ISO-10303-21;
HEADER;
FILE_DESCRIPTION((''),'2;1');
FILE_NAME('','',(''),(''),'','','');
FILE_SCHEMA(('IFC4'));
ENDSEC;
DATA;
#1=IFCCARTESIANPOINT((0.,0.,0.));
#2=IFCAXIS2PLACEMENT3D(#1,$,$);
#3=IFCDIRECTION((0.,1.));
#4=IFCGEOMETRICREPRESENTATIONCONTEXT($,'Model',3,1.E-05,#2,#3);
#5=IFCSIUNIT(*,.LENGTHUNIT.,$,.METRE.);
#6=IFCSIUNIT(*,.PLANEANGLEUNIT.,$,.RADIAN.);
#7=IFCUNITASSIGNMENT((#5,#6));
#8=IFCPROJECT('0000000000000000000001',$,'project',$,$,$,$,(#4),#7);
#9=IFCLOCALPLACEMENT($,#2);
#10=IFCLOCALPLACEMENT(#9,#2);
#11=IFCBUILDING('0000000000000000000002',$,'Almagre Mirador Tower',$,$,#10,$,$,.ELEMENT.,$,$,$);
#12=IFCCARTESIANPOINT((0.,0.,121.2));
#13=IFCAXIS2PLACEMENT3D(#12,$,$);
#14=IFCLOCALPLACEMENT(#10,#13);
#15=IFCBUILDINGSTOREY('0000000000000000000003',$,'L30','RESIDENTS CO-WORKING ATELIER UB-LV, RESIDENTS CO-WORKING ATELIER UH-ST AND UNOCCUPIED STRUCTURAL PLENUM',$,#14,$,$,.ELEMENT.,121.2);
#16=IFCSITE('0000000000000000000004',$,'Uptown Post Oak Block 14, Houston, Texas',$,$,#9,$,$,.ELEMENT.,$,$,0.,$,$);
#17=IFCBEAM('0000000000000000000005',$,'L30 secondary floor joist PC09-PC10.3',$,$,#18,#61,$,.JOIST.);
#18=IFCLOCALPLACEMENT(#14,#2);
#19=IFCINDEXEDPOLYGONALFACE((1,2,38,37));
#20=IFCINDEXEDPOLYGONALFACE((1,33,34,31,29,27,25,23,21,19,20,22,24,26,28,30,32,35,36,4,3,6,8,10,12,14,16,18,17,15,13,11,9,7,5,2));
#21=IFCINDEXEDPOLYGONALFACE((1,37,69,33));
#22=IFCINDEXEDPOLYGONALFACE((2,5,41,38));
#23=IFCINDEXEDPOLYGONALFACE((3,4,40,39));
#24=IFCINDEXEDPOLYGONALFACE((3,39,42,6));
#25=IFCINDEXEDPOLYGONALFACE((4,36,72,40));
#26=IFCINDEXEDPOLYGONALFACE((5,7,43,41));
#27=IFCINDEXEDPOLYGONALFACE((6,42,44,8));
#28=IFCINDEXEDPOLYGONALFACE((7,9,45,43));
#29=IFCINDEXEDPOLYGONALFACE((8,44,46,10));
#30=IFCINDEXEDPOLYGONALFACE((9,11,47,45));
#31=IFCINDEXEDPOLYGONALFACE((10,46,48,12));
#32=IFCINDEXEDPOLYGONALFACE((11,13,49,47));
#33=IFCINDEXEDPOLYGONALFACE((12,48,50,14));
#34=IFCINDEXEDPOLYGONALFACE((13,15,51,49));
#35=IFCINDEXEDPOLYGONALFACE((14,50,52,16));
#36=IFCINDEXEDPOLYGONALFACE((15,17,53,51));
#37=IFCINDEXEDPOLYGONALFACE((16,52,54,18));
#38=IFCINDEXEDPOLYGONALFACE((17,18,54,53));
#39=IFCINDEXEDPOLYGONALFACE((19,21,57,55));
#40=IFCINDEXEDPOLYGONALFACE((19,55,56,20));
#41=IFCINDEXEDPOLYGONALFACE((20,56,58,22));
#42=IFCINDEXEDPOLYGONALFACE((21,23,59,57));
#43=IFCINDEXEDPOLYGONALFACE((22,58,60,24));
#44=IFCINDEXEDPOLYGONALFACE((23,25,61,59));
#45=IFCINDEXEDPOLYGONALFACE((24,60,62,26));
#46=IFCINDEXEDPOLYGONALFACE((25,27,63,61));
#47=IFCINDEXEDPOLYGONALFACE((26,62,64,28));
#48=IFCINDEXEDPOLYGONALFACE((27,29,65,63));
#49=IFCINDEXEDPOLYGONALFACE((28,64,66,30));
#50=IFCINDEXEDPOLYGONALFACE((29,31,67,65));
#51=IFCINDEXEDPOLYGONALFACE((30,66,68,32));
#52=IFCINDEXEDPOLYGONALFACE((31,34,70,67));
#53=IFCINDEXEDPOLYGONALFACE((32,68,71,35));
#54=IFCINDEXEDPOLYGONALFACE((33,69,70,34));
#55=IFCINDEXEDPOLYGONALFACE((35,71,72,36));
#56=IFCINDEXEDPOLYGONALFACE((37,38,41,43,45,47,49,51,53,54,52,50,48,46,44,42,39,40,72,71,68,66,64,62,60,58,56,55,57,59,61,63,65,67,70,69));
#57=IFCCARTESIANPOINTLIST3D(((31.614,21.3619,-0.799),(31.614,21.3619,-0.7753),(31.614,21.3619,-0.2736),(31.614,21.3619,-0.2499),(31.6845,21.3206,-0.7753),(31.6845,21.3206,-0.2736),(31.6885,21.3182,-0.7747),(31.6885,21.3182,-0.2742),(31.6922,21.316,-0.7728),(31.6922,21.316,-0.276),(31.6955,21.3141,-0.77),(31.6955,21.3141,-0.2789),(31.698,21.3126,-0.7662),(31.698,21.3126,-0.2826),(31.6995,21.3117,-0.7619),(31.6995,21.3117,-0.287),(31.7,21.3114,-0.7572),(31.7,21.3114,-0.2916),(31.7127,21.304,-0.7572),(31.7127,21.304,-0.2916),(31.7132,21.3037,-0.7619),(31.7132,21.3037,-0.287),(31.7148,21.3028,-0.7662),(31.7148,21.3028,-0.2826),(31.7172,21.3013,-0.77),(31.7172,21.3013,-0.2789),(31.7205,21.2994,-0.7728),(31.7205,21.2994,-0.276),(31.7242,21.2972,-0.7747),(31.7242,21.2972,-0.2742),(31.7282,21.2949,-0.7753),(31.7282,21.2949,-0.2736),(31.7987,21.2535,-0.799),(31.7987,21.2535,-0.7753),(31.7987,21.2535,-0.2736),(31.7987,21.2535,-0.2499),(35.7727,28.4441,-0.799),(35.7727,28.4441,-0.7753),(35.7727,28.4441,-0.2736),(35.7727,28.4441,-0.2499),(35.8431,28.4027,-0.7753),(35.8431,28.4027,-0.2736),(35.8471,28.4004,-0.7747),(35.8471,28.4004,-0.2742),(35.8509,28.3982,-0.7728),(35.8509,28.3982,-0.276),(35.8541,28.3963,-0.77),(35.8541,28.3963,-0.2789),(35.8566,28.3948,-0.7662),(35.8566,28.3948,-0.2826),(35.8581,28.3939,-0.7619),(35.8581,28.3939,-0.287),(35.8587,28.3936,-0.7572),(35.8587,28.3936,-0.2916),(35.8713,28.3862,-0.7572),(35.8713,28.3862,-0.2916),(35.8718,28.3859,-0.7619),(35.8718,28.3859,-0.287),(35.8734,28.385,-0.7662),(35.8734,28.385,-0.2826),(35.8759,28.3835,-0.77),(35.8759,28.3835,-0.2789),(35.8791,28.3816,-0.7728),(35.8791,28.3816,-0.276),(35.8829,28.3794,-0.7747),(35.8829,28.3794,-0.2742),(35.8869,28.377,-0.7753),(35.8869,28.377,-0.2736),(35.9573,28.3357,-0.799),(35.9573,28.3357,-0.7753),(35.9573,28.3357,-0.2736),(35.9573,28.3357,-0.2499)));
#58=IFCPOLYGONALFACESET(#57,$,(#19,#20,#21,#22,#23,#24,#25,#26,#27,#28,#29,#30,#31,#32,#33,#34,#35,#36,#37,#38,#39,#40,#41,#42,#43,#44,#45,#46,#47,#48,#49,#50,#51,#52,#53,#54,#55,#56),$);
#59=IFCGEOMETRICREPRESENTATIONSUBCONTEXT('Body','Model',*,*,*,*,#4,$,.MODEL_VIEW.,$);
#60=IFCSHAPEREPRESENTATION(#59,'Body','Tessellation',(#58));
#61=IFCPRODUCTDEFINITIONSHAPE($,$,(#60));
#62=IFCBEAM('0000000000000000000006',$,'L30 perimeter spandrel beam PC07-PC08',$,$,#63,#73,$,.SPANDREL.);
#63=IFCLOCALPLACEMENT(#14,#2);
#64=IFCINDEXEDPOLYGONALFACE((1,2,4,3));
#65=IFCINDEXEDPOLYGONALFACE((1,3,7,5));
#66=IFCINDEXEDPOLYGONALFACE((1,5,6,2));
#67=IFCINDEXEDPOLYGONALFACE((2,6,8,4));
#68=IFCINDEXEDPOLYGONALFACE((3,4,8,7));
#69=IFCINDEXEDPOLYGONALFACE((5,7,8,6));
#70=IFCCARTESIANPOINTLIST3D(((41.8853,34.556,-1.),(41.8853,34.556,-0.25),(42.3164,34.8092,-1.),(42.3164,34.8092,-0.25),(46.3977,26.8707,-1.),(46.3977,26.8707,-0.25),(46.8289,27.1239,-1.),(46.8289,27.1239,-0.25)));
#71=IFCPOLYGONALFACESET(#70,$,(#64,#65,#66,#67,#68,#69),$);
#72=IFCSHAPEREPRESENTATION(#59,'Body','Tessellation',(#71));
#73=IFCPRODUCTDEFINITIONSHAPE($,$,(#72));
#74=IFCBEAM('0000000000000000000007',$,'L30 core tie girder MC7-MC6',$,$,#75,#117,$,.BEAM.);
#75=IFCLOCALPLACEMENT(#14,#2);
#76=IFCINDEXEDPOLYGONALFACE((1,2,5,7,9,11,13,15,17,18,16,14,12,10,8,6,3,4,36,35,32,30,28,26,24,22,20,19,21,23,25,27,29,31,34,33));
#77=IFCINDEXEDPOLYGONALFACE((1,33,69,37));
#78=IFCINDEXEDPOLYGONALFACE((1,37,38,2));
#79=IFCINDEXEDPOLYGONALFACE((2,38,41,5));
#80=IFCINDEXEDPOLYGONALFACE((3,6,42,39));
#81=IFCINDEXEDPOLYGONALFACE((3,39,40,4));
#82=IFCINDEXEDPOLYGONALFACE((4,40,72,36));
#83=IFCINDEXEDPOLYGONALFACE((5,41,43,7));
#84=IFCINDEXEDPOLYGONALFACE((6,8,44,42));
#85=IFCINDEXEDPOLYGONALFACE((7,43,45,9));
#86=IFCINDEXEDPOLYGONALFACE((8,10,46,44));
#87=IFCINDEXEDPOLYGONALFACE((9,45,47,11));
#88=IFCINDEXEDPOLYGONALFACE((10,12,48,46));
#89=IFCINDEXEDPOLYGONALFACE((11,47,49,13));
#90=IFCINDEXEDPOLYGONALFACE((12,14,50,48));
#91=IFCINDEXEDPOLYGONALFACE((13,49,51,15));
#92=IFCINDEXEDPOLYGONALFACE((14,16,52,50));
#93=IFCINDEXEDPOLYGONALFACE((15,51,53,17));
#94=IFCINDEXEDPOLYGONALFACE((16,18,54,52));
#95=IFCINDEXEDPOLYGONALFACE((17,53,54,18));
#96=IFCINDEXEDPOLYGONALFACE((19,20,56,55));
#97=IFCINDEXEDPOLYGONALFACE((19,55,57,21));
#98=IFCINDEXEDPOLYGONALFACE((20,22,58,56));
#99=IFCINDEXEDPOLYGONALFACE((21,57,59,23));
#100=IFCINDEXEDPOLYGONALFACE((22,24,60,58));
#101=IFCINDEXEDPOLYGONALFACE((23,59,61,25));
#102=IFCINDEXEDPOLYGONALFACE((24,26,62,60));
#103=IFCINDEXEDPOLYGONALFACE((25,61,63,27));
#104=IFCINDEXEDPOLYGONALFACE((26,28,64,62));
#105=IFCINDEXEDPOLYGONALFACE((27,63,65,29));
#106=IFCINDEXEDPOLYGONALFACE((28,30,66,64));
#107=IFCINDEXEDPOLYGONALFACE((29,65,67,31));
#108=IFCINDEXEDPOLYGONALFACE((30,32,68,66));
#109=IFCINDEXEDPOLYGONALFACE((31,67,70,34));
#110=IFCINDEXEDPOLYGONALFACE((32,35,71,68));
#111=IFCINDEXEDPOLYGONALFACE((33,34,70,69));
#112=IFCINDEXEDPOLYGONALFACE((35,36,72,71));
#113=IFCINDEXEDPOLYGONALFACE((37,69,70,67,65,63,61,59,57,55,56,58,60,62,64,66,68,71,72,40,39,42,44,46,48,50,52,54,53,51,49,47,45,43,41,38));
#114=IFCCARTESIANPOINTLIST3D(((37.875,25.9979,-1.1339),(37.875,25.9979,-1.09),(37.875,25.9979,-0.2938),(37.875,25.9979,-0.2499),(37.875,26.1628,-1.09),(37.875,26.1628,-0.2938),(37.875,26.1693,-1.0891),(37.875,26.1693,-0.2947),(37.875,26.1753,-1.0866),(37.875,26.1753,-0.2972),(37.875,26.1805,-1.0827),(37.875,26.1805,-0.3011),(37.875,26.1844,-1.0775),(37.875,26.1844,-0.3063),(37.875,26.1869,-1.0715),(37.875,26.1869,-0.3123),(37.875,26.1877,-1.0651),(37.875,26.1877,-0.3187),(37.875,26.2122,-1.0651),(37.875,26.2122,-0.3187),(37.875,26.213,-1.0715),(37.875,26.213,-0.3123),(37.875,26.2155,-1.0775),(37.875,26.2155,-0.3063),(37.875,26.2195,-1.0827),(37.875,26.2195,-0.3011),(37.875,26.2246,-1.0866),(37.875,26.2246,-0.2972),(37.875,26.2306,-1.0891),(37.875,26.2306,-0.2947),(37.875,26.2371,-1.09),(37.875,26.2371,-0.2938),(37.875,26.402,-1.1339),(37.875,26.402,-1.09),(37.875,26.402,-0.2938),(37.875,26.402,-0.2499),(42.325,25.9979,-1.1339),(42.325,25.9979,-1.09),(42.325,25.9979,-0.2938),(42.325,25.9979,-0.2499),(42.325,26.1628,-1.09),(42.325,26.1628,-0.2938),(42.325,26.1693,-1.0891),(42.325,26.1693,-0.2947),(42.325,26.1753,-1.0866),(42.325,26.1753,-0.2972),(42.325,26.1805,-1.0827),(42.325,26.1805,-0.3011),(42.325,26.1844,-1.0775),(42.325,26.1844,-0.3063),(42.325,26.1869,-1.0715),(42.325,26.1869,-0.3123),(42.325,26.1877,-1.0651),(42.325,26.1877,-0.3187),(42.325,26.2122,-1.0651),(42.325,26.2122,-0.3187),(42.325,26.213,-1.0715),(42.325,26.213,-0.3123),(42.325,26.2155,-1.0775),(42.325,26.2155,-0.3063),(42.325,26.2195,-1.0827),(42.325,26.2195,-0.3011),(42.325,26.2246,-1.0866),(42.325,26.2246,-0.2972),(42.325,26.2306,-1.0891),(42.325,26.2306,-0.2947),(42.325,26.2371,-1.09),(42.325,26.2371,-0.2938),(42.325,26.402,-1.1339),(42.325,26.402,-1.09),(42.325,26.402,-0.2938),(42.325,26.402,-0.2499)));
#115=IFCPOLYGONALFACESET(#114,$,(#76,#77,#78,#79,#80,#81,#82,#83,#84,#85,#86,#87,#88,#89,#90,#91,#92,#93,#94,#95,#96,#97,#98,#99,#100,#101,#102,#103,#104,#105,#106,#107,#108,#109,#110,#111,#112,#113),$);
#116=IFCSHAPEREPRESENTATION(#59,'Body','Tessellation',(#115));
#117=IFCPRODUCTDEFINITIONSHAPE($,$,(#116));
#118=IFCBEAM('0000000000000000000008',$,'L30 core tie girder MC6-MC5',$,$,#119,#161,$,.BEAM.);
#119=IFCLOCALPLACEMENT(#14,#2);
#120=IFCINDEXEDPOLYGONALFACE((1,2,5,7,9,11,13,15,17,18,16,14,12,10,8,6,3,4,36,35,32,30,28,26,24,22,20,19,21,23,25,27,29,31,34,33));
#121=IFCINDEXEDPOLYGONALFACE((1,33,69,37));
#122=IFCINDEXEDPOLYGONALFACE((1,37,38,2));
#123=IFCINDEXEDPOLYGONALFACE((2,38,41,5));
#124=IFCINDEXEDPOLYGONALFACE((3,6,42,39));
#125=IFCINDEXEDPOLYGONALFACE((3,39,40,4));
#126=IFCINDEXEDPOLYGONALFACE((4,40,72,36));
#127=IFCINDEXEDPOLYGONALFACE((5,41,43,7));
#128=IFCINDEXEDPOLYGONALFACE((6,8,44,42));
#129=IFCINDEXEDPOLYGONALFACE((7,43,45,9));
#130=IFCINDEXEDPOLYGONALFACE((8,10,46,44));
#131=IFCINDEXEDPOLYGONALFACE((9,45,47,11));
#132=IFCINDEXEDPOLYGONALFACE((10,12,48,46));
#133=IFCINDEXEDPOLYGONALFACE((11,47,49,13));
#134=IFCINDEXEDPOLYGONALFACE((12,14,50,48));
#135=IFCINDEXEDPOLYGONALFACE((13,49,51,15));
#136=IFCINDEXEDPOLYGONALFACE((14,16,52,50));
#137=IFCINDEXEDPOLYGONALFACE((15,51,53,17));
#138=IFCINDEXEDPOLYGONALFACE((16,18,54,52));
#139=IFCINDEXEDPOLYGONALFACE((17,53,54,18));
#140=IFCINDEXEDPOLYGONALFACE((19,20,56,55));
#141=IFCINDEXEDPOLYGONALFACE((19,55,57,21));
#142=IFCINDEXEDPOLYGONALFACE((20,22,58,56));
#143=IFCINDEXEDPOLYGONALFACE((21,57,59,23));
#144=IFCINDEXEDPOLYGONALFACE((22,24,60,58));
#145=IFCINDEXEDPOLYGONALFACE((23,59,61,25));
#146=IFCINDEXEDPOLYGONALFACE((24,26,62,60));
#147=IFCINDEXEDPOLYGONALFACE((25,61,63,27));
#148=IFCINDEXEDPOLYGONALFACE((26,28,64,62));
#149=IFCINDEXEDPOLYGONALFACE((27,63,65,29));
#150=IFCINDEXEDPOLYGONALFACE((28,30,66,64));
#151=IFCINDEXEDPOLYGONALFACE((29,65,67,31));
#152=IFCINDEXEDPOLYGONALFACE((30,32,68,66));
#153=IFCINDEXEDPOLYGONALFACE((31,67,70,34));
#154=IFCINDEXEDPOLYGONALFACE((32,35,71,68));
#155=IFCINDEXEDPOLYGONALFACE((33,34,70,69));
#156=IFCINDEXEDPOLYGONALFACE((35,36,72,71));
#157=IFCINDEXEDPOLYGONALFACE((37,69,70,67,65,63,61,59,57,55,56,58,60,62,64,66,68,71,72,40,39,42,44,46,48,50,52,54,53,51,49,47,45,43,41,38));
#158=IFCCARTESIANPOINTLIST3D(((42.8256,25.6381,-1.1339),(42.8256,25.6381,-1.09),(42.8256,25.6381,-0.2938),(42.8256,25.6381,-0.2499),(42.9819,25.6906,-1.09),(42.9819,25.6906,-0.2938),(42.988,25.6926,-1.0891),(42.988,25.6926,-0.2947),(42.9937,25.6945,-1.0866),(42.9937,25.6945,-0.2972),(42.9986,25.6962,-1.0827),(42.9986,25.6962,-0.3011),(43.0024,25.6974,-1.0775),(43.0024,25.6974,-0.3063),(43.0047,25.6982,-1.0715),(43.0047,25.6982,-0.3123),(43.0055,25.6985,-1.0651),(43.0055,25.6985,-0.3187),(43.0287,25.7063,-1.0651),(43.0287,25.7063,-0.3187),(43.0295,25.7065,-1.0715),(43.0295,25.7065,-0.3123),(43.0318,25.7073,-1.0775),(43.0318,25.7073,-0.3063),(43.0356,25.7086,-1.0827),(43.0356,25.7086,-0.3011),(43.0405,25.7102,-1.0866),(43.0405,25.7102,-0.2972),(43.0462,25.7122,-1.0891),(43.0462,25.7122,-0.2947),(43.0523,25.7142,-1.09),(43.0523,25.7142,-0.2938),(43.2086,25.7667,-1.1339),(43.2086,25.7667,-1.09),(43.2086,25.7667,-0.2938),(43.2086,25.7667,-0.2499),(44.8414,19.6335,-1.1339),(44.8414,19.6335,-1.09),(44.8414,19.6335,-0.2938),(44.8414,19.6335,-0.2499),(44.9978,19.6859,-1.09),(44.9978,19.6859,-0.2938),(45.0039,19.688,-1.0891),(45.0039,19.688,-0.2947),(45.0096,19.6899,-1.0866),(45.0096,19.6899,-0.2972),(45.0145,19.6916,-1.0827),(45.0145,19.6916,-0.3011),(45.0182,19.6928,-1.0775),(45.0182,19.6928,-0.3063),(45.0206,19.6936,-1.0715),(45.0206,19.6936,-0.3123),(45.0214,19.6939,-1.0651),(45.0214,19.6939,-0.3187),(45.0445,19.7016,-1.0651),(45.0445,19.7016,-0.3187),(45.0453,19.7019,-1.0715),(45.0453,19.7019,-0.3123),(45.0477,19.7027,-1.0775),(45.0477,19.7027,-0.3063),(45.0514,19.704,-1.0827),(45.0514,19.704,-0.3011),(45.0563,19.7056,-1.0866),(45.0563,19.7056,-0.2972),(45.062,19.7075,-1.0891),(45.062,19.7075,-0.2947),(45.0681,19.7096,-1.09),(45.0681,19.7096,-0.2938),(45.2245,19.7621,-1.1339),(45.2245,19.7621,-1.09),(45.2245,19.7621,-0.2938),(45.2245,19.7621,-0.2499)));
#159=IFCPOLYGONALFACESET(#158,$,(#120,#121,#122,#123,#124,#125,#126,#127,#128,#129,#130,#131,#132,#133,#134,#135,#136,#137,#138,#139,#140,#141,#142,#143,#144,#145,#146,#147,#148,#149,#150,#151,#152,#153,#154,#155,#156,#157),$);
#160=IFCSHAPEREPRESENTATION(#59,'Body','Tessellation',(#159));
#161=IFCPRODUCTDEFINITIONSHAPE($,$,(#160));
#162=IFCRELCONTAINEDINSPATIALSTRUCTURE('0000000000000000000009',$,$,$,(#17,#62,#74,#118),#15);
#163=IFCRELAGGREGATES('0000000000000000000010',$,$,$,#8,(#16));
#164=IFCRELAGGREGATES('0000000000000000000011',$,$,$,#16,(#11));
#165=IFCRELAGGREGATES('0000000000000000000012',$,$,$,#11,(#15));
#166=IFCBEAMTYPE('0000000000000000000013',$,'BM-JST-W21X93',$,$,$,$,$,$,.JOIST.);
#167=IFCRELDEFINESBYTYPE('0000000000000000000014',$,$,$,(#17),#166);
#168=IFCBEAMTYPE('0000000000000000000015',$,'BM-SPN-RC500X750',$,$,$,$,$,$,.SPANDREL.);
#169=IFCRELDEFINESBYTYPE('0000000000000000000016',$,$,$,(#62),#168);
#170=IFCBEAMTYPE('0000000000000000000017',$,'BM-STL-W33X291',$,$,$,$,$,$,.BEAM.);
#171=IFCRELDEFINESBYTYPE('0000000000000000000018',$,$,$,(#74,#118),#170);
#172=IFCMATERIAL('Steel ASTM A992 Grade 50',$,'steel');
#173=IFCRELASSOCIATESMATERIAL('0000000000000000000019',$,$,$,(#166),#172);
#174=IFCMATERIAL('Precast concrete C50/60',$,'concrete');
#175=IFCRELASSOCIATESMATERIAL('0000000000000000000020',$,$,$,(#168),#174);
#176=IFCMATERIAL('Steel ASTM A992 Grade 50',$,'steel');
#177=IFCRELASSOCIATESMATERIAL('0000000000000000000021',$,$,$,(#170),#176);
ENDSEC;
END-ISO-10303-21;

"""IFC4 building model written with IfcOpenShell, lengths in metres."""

from ifc_helpers import new_model, si_unit, direction, frame, origin, origin_2d, place, context, subcontext, project, spatial, rectangle, i_section, extrude, material, material_profile, profile_set, type_object, element, save


model = new_model("IFC4")

# Units and contexts
model_context = context("Model", 3, precision=1e-05, world=origin(), true_north=direction((0.0, 1.0)))
body_context = subcontext(model_context, "Body", "Model", "MODEL_VIEW")
ifc_project = project(units=[si_unit("LENGTHUNIT", "METRE"), si_unit("PLANEANGLEUNIT", "RADIAN")], contexts=[model_context])

# Site, building, storey
site_placement = place(None, origin())
site = spatial("IfcSite", under=ifc_project, at=site_placement, Name="Uptown Post Oak Block 14, Houston, Texas", CompositionType="ELEMENT", RefElevation=0.0)
building_placement = place(site_placement, origin())
building = spatial("IfcBuilding", under=site, at=building_placement, Name="Almagre Mirador Tower", CompositionType="ELEMENT")
storey_placement = place(building_placement, frame((0.0, 0.0, 121.2)))
storey = spatial("IfcBuildingStorey", under=building, at=storey_placement, Name="L30", Description="RESIDENTS CO-WORKING ATELIER UB-LV, RESIDENTS CO-WORKING ATELIER UH-ST AND UNOCCUPIED STRUCTURAL PLENUM", CompositionType="ELEMENT", Elevation=121.2)

# Beams
ifc_material_1 = material(Name="Steel ASTM A992 Grade 50", Category="steel")
ifc_material_profile_1 = material_profile(ifc_material_1, i_section(OverallWidth=0.2141, OverallDepth=0.5491, WebThickness=0.0146, FlangeThickness=0.0237, FilletRadius=0.0181, at=origin_2d()), Name="W21X93")
ifc_profile_set_1 = profile_set([ifc_material_profile_1], Name="Steel ASTM A992 Grade 50")
beam_type_1 = type_object("IfcBeamType", Name="BM-JST-W21X93", PredefinedType="JOIST", material=ifc_profile_set_1)
beam_1_placement = place(storey_placement, frame((35.865, 28.3899, -0.5244), z_axis=(-0.506355, -0.862325, 0.0), x_axis=(0.862325, -0.506355, 0.0)))
element("IfcBeam", 1, at=beam_1_placement, inside=storey, type_object=beam_type_1, Name="L30 secondary floor joist PC09-PC10.3", PredefinedType="JOIST", context=body_context, shape_type="SweptSolid", body=[
    extrude(i_section(OverallWidth=0.2141, OverallDepth=0.5491, WebThickness=0.0146, FlangeThickness=0.0237, FilletRadius=0.0181, at=origin_2d()), origin(), (0.0, 0.0, 1.0), 8.2129),
])
ifc_material_2 = material(Name="Precast concrete C50/60", Category="concrete")
ifc_material_profile_2 = material_profile(ifc_material_2, rectangle(XDim=0.5, YDim=0.75, at=origin_2d()), Name="RC500X750")
ifc_profile_set_2 = profile_set([ifc_material_profile_2], Name="Precast concrete C50/60")
beam_type_2 = type_object("IfcBeamType", Name="BM-SPN-RC500X750", PredefinedType="SPANDREL", material=ifc_profile_set_2)
beam_2_placement = place(storey_placement, frame((46.6133, 26.9973, -0.625), z_axis=(-0.506327, 0.862342, 0.0), x_axis=(-0.862342, -0.506327, 0.0)))
element("IfcBeam", 2, at=beam_2_placement, inside=storey, type_object=beam_type_2, Name="L30 perimeter spandrel beam PC07-PC08", PredefinedType="SPANDREL", context=body_context, shape_type="SweptSolid", body=[
    extrude(rectangle(XDim=0.5, YDim=0.75, at=origin_2d()), origin(), (0.0, 0.0, 1.0), 8.9121),
])
ifc_material_3 = material(Name="Steel ASTM A992 Grade 50", Category="steel")
ifc_material_profile_3 = material_profile(ifc_material_3, i_section(OverallWidth=0.4041, OverallDepth=0.884, WebThickness=0.0244, FlangeThickness=0.0439, FilletRadius=0.0249, at=origin_2d()), Name="W33X291")
ifc_profile_set_3 = profile_set([ifc_material_profile_3], Name="Steel ASTM A992 Grade 50")
beam_type_3 = type_object("IfcBeamType", Name="BM-STL-W33X291", PredefinedType="BEAM", material=ifc_profile_set_3)
beam_3_placement = place(storey_placement, frame((37.875, 26.2, -0.6919), z_axis=(1.0, 0.0, 0.0), x_axis=(0.0, 1.0, 0.0)))
element("IfcBeam", 3, at=beam_3_placement, inside=storey, type_object=beam_type_3, Name="L30 core tie girder MC7-MC6", PredefinedType="BEAM", context=body_context, shape_type="SweptSolid", body=[
    extrude(i_section(OverallWidth=0.4041, OverallDepth=0.884, WebThickness=0.0244, FlangeThickness=0.0439, FilletRadius=0.0249, at=origin_2d()), origin(), (0.0, 0.0, 1.0), 4.45),
])
beam_4_placement = place(storey_placement, frame((43.0171, 25.7024, -0.6919), z_axis=(0.318262, -0.948003, 0.0), x_axis=(0.948003, 0.318262, 0.0)))
element("IfcBeam", 4, at=beam_4_placement, inside=storey, type_object=beam_type_3, Name="L30 core tie girder MC6-MC5", PredefinedType="BEAM", context=body_context, shape_type="SweptSolid", body=[
    extrude(i_section(OverallWidth=0.4041, OverallDepth=0.884, WebThickness=0.0244, FlangeThickness=0.0439, FilletRadius=0.0249, at=origin_2d()), origin(), (0.0, 0.0, 1.0), 6.334),
])

save(model, "model.ifc")
